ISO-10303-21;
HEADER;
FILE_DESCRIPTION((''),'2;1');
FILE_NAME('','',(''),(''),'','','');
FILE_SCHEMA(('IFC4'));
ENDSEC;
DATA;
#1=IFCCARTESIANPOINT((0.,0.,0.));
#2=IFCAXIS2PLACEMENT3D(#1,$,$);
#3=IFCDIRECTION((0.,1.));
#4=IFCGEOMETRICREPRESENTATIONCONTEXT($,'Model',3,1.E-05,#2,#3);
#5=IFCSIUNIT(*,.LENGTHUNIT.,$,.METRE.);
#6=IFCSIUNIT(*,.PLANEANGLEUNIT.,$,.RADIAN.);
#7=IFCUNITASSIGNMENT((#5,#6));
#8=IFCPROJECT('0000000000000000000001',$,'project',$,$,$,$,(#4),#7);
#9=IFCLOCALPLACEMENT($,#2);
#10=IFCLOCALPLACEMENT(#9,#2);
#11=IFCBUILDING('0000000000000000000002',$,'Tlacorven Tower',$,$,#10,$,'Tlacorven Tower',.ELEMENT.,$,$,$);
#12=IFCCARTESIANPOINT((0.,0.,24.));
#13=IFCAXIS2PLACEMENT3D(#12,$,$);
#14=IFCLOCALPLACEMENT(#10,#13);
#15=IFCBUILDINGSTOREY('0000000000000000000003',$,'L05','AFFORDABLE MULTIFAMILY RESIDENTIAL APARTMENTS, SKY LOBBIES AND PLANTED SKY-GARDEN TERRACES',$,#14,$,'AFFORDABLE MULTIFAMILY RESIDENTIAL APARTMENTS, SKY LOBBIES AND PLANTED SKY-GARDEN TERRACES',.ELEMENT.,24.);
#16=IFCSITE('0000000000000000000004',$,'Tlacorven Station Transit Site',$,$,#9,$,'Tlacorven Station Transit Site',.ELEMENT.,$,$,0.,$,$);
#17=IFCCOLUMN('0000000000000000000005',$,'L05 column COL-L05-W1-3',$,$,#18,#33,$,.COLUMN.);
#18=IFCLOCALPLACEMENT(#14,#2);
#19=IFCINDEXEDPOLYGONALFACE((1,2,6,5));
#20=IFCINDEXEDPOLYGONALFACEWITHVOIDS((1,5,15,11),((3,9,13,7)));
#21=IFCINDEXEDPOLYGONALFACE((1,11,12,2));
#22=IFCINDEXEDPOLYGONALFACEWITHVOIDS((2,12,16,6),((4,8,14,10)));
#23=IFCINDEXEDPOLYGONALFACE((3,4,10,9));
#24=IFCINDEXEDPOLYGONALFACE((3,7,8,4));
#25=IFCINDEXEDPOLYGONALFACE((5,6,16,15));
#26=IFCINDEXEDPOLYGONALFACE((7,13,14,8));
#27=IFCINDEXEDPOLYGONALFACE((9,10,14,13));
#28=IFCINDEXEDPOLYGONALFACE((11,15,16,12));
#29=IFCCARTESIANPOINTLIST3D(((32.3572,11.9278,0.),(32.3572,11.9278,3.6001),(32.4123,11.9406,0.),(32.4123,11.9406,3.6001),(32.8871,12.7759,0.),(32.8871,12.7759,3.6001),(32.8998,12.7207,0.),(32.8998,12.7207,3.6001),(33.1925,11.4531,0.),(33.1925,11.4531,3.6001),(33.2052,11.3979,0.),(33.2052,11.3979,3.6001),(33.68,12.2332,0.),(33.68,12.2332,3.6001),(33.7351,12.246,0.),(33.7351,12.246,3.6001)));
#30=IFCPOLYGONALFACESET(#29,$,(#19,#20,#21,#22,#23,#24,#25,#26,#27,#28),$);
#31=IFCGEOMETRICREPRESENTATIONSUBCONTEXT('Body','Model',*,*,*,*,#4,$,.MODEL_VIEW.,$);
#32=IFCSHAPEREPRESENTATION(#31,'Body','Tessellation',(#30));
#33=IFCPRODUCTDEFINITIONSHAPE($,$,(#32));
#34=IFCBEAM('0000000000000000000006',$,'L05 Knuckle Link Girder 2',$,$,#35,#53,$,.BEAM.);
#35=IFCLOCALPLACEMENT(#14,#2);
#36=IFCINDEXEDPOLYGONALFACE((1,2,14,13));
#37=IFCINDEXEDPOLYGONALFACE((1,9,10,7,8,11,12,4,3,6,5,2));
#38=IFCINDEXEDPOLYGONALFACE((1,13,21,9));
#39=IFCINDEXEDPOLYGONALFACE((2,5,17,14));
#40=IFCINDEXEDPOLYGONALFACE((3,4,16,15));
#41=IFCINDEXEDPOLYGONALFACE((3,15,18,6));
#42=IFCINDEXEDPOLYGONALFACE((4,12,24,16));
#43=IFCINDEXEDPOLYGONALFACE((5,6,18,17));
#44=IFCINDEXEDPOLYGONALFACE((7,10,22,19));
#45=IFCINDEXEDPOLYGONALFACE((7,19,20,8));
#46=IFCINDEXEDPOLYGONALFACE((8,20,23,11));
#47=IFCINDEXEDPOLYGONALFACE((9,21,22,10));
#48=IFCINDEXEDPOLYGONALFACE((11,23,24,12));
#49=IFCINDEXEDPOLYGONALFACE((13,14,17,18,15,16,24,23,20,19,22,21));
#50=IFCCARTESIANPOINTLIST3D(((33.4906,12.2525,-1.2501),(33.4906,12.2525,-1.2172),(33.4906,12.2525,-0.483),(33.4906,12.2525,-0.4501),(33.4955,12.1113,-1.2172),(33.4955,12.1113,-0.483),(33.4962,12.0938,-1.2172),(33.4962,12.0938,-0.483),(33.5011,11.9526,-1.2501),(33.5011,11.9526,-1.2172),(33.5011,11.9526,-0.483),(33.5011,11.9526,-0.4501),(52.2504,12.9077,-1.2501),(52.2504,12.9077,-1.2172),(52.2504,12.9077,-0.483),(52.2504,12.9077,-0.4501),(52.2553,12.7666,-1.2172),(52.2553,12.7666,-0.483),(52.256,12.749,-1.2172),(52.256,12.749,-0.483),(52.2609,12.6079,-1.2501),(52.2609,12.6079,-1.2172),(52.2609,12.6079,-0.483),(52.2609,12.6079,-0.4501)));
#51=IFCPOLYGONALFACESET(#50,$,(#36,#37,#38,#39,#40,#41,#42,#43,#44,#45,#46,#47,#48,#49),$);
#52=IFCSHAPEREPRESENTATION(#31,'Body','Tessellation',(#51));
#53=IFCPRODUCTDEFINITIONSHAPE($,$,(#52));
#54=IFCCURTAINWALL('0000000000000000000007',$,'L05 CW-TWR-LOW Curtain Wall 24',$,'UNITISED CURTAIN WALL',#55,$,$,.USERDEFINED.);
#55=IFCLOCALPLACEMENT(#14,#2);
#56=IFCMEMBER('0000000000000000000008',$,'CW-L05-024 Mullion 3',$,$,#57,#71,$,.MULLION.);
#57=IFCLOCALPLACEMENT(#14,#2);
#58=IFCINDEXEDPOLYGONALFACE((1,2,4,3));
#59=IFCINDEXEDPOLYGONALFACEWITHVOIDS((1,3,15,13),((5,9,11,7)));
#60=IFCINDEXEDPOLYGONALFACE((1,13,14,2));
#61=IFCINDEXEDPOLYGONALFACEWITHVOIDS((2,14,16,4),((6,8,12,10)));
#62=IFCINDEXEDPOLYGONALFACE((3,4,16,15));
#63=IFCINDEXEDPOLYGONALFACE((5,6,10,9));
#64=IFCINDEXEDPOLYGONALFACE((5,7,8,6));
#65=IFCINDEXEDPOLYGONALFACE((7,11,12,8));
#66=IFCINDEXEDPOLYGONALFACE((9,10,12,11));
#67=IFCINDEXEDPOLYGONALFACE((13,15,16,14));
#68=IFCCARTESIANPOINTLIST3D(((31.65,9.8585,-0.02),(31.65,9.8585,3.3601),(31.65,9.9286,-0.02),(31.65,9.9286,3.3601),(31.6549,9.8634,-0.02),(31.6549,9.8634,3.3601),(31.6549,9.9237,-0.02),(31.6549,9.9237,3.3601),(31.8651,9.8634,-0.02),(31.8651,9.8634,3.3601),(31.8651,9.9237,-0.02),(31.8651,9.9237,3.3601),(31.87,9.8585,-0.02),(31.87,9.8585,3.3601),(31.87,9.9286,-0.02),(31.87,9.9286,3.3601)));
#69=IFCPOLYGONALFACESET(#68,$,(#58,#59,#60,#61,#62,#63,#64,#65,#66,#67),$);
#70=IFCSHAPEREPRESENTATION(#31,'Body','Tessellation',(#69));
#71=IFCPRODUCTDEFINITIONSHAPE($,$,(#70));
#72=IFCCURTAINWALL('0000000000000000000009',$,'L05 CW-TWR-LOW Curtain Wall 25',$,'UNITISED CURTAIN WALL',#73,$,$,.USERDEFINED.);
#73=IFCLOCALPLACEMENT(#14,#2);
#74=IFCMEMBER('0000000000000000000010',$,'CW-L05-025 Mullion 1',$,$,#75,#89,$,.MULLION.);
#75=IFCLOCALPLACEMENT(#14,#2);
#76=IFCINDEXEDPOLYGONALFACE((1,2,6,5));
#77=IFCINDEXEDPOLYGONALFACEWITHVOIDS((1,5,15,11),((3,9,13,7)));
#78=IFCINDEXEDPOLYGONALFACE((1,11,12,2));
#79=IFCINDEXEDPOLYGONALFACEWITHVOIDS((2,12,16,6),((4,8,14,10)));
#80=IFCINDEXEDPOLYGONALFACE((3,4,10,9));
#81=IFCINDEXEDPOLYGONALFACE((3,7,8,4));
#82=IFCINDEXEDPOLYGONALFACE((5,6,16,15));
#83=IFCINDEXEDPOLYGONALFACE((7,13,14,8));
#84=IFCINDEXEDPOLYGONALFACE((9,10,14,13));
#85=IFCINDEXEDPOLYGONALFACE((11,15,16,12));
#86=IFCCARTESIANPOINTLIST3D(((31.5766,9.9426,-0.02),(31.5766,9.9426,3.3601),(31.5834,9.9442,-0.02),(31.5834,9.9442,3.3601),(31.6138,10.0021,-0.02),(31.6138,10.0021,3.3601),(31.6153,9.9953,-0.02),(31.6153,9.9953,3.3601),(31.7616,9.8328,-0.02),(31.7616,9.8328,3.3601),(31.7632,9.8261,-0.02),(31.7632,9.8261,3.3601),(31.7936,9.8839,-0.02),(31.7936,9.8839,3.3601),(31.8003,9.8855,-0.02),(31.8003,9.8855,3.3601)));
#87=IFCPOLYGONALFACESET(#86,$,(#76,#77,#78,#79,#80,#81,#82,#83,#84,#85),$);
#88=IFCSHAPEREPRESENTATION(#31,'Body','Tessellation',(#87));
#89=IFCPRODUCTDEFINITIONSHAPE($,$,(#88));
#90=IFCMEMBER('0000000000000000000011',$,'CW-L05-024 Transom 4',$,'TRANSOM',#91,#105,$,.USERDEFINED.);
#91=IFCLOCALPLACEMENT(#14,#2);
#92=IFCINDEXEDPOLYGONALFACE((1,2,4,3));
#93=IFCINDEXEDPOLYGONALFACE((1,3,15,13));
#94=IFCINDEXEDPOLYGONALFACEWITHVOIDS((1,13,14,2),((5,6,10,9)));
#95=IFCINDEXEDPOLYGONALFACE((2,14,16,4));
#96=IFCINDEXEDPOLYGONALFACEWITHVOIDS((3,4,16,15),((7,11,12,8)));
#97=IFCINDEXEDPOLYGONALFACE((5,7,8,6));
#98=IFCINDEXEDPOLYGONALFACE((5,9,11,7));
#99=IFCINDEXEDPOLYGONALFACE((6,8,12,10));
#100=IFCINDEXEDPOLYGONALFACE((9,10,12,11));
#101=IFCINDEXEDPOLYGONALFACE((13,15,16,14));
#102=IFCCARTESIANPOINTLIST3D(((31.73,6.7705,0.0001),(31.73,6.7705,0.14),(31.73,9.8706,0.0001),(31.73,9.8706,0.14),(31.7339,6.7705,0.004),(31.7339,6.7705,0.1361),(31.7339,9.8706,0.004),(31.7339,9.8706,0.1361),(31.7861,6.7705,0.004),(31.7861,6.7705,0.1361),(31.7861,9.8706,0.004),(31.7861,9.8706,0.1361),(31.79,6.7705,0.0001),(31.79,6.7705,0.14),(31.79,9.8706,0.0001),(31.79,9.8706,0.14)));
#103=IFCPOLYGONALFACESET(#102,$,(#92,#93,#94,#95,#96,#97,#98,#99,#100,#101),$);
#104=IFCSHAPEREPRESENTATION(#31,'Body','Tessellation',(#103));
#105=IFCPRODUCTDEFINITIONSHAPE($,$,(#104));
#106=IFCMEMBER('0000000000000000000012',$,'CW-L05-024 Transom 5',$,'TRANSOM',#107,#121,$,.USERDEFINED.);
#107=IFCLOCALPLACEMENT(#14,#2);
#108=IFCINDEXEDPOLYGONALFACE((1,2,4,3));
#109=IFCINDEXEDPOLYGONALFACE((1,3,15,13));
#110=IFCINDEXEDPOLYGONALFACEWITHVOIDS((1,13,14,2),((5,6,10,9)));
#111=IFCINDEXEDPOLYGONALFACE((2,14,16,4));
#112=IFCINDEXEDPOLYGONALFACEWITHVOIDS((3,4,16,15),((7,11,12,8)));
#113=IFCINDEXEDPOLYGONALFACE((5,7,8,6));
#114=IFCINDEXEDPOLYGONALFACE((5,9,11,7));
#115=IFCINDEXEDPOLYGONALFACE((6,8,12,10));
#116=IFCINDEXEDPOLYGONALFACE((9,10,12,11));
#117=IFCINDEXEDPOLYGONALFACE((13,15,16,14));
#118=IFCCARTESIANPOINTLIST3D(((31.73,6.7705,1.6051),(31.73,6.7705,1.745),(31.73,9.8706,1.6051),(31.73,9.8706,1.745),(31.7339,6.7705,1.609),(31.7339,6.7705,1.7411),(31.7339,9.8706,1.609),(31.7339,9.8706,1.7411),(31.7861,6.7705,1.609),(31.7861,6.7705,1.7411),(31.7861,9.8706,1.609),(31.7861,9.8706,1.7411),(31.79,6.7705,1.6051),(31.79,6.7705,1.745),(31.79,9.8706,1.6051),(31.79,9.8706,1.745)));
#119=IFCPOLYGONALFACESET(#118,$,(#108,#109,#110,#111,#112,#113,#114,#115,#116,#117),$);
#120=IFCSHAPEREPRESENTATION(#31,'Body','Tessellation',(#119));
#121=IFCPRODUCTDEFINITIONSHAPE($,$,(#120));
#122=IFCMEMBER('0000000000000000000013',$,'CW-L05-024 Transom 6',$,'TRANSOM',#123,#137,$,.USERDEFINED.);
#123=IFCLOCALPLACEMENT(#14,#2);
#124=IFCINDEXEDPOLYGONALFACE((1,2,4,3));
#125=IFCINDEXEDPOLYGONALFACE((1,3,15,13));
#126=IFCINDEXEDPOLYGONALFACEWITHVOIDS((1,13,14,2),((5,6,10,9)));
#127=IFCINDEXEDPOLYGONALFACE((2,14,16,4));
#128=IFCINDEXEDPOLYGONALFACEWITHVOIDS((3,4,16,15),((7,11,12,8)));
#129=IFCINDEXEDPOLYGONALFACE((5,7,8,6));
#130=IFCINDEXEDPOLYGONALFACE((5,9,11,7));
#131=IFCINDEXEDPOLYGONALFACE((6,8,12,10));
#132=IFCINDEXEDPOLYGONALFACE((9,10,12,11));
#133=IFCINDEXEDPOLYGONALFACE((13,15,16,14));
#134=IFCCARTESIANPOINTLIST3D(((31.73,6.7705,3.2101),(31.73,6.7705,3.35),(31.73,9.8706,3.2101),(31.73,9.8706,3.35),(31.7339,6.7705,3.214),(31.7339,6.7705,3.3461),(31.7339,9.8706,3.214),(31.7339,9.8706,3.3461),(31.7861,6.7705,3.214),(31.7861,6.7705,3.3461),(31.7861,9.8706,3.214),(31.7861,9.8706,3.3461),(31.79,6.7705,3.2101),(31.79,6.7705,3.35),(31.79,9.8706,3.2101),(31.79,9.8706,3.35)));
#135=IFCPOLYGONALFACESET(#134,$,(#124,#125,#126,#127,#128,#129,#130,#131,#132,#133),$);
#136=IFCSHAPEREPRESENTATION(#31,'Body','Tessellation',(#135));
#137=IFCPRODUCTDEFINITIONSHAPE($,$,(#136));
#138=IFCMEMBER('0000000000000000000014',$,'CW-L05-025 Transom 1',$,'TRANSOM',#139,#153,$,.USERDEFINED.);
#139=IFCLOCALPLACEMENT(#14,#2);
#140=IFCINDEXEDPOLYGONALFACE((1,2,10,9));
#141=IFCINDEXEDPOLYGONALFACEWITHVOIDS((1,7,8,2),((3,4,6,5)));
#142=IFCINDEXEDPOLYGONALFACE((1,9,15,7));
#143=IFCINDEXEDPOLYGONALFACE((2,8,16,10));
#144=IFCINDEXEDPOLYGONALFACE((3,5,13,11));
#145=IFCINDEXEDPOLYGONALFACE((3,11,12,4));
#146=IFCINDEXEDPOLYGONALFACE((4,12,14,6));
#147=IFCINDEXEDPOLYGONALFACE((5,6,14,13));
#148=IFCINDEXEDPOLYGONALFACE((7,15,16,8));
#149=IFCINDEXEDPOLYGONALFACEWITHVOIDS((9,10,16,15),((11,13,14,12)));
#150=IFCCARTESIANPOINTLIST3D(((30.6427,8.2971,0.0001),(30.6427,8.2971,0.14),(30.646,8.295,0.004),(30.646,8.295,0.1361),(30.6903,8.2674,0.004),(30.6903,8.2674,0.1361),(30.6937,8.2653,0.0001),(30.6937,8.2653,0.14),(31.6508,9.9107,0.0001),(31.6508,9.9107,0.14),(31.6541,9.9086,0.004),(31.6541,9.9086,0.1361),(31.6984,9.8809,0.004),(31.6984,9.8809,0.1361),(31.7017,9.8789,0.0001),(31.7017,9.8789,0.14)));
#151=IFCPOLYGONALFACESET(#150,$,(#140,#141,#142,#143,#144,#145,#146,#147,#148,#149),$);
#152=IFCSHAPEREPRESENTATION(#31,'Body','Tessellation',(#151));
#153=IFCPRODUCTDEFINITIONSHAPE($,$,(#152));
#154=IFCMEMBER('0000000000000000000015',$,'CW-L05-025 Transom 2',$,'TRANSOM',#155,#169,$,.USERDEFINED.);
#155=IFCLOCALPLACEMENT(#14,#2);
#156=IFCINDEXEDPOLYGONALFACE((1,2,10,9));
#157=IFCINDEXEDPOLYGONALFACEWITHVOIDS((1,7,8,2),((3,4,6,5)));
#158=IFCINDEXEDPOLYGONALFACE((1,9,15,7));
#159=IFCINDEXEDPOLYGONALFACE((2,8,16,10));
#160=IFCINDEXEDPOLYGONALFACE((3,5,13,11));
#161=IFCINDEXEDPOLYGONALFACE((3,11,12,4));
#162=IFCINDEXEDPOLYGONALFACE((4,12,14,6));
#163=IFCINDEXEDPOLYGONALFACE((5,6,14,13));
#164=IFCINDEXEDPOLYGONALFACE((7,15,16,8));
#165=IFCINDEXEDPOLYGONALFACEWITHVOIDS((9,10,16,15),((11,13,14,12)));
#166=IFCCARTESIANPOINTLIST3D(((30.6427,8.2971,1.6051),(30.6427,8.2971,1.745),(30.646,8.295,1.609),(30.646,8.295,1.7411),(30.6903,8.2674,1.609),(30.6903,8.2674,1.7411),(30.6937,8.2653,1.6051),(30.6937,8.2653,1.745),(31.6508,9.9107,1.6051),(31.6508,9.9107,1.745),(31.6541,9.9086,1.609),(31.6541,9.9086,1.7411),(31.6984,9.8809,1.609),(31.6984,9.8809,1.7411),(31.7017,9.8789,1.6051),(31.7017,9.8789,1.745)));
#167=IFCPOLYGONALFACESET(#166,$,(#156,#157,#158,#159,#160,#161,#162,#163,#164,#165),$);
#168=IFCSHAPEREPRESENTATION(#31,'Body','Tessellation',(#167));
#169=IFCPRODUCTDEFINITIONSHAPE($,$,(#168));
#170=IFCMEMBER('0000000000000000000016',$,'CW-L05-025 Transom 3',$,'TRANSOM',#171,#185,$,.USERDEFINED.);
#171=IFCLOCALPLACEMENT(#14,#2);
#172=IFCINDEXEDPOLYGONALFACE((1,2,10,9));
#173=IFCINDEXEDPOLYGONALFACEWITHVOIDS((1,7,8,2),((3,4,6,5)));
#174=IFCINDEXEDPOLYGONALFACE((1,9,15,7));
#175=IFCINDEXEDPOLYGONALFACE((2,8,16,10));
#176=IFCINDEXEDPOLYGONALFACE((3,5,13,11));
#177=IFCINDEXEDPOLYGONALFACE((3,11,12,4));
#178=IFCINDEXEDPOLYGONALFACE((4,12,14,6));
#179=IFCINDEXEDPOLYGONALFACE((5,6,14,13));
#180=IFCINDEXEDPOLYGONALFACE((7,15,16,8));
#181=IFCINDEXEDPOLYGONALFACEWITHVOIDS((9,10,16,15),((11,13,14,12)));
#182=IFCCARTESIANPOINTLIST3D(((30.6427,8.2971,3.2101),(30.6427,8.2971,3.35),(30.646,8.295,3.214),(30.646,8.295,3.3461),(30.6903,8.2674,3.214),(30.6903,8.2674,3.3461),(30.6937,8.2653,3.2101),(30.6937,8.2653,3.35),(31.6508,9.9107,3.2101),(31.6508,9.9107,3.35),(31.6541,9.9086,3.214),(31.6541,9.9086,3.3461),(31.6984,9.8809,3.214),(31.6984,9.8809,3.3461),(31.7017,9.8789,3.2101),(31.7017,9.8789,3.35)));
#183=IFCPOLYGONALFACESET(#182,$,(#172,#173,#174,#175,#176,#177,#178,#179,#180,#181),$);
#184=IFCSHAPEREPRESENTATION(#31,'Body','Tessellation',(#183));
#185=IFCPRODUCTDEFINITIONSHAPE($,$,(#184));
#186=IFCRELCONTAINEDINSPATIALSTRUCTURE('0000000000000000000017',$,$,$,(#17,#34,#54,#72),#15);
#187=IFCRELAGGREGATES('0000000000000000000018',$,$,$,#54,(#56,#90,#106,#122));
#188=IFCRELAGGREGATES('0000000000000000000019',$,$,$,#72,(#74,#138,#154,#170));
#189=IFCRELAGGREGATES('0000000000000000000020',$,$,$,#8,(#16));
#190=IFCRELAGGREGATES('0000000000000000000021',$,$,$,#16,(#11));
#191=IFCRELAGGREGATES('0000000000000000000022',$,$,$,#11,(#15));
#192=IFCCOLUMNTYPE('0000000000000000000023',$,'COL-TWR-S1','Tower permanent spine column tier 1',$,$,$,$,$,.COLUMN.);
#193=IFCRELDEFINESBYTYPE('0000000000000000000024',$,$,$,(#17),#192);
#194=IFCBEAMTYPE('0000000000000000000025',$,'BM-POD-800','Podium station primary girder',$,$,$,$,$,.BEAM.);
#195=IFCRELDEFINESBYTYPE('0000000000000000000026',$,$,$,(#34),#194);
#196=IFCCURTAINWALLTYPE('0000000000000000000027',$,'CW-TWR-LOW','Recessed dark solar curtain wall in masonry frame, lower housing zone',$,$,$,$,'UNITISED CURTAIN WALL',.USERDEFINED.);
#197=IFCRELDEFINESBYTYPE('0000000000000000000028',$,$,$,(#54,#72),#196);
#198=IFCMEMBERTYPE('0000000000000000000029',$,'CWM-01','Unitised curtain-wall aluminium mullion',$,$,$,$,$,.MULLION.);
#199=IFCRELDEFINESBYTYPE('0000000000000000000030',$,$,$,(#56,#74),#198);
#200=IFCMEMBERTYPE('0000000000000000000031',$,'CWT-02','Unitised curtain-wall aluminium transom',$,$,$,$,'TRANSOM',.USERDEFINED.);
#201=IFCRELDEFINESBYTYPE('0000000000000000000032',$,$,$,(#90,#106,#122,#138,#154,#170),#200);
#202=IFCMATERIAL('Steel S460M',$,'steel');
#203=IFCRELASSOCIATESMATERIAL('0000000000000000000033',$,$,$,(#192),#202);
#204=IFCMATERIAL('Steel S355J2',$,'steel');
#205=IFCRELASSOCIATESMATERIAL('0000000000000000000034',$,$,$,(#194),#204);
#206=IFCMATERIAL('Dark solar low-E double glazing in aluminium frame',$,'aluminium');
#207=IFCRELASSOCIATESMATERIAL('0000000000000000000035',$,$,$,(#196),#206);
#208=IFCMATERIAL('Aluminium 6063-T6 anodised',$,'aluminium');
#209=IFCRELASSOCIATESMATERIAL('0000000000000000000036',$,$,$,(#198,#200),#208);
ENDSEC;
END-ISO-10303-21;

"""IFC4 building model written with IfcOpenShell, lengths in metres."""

from ifc_helpers import new_model, si_unit, direction, frame, origin, origin_2d, place, context, subcontext, project, spatial, hollow_rectangle, i_section, extrude, source, transform, mapped, material, material_profile, profile_set, type_object, element, aggregate, save


model = new_model("IFC4")

# Units and contexts
model_context = context("Model", 3, precision=1e-05, world=origin(), true_north=direction((0.0, 1.0)))
body_context = subcontext(model_context, "Body", "Model", "MODEL_VIEW")
ifc_project = project(units=[si_unit("LENGTHUNIT", "METRE"), si_unit("PLANEANGLEUNIT", "RADIAN")], contexts=[model_context])

# Site, building, storey
site_placement = place(None, origin())
site = spatial("IfcSite", under=ifc_project, at=site_placement, Name="Tlacorven Station Transit Site", LongName="Tlacorven Station Transit Site", CompositionType="ELEMENT", RefElevation=0.0)
building_placement = place(site_placement, origin())
building = spatial("IfcBuilding", under=site, at=building_placement, Name="Tlacorven Tower", LongName="Tlacorven Tower", CompositionType="ELEMENT")
storey_placement = place(building_placement, frame((0.0, 0.0, 24.0)))
storey = spatial("IfcBuildingStorey", under=building, at=storey_placement, Name="L05", Description="AFFORDABLE MULTIFAMILY RESIDENTIAL APARTMENTS, SKY LOBBIES AND PLANTED SKY-GARDEN TERRACES", LongName="AFFORDABLE MULTIFAMILY RESIDENTIAL APARTMENTS, SKY LOBBIES AND PLANTED SKY-GARDEN TERRACES", CompositionType="ELEMENT", Elevation=24.0)

# Column
ifc_material_1 = material(Name="Steel S460M", Category="steel")
ifc_material_profile_1 = material_profile(ifc_material_1, hollow_rectangle(XDim=1.0, YDim=1.0, WallThickness=0.04, at=origin_2d()), Name="BOX 1000X1000X40")
ifc_profile_set_1 = profile_set([ifc_material_profile_1], Name="Steel S460M")
column_type = type_object("IfcColumnType", Name="COL-TWR-S1", Description="Tower permanent spine column tier 1", PredefinedType="COLUMN", material=ifc_profile_set_1)
shared_shape_1 = source(origin(), body_context, "Body", "SweptSolid", [
    extrude(hollow_rectangle(XDim=1.0, YDim=1.0, WallThickness=0.04, at=origin_2d()), origin(), (0.0, 0.0, 1.0), 3.6001),
])
column_placement = place(storey_placement, frame((33.0461, 12.0869, 0.0), z_axis=(0.0, 0.0, 1.0), x_axis=(-0.848048, 0.529919, 0.0)))
element("IfcColumn", 1, at=column_placement, inside=storey, type_object=column_type, Name="L05 column COL-L05-W1-3", PredefinedType="COLUMN", context=body_context, shape_type="MappedRepresentation", body=[
    mapped(shared_shape_1, transform((0.0, 0.0, 0.0), scale=1.0)),
])

# Beam
ifc_material_2 = material(Name="Steel S355J2", Category="steel")
ifc_material_profile_2 = material_profile(ifc_material_2, i_section(OverallWidth=0.3, OverallDepth=0.8, WebThickness=0.0176, FlangeThickness=0.033, at=origin_2d()), Name="HEB 800")
ifc_profile_set_2 = profile_set([ifc_material_profile_2], Name="Steel S355J2")
beam_type = type_object("IfcBeamType", Name="BM-POD-800", Description="Podium station primary girder", PredefinedType="BEAM", material=ifc_profile_set_2)
shared_shape_2 = source(origin(), body_context, "Body", "SweptSolid", [
    extrude(i_section(OverallWidth=0.3, OverallDepth=0.8, WebThickness=0.0176, FlangeThickness=0.033, at=origin_2d()), origin(), (0.0, 0.0, 1.0), 18.7712),
])
beam_placement = place(storey_placement, frame((33.4958, 12.1025, -0.8501), z_axis=(0.999391, 0.034908, 0.0), x_axis=(-0.034908, 0.999391, 0.0)))
element("IfcBeam", 2, at=beam_placement, inside=storey, type_object=beam_type, Name="L05 Knuckle Link Girder 2", PredefinedType="BEAM", context=body_context, shape_type="MappedRepresentation", body=[
    mapped(shared_shape_2, transform((0.0, 0.0, 0.0), scale=1.0)),
])

# Curtain walls, members
ifc_material_3 = material(Name="Dark solar low-E double glazing in aluminium frame", Category="aluminium")
curtain_wall_type = type_object("IfcCurtainWallType", Name="CW-TWR-LOW", Description="Recessed dark solar curtain wall in masonry frame, lower housing zone", ElementType="UNITISED CURTAIN WALL", PredefinedType="USERDEFINED", material=ifc_material_3)
curtain_wall_1_placement = place(storey_placement, origin())
curtain_wall_1 = element("IfcCurtainWall", 3, at=curtain_wall_1_placement, inside=storey, type_object=curtain_wall_type, Name="L05 CW-TWR-LOW Curtain Wall 24", ObjectType="UNITISED CURTAIN WALL", PredefinedType="USERDEFINED")
ifc_material_4 = material(Name="Aluminium 6063-T6 anodised", Category="aluminium")
ifc_material_profile_3 = material_profile(ifc_material_4, hollow_rectangle(XDim=0.0701, YDim=0.22, WallThickness=0.0049, at=origin_2d()), Name="ALU MULLION 70X220")
ifc_profile_set_3 = profile_set([ifc_material_profile_3], Name="Aluminium 6063-T6 anodised")
member_type_1 = type_object("IfcMemberType", Name="CWM-01", Description="Unitised curtain-wall aluminium mullion", PredefinedType="MULLION", material=ifc_profile_set_3)
shared_shape_3 = source(origin(), body_context, "Body", "SweptSolid", [
    extrude(hollow_rectangle(XDim=0.0701, YDim=0.22, WallThickness=0.0049, at=origin_2d()), origin(), (0.0, 0.0, 1.0), 3.3801),
])
member_1_placement = place(storey_placement, frame((31.76, 9.8936, -0.02), z_axis=(0.0, 0.0, 1.0), x_axis=(0.0, 1.0, 0.0)))
member_1 = element("IfcMember", 4, at=member_1_placement, type_object=member_type_1, Name="CW-L05-024 Mullion 3", PredefinedType="MULLION", context=body_context, shape_type="MappedRepresentation", body=[
    mapped(shared_shape_3, transform((0.0, 0.0, 0.0), scale=1.0)),
])
curtain_wall_2_placement = place(storey_placement, origin())
curtain_wall_2 = element("IfcCurtainWall", 5, at=curtain_wall_2_placement, inside=storey, type_object=curtain_wall_type, Name="L05 CW-TWR-LOW Curtain Wall 25", ObjectType="UNITISED CURTAIN WALL", PredefinedType="USERDEFINED")
member_2_placement = place(storey_placement, frame((31.6885, 9.9141, -0.02), z_axis=(0.0, 0.0, 1.0), x_axis=(-0.529919, -0.848048, 0.0)))
member_2 = element("IfcMember", 6, at=member_2_placement, type_object=member_type_1, Name="CW-L05-025 Mullion 1", PredefinedType="MULLION", context=body_context, shape_type="MappedRepresentation", body=[
    mapped(shared_shape_3, transform((0.0, 0.0, 0.0), scale=1.0)),
])

# Members
ifc_material_profile_4 = material_profile(ifc_material_4, hollow_rectangle(XDim=0.0601, YDim=0.1399, WallThickness=0.0039, at=origin_2d()), Name="ALU TRANSOM 60X140")
ifc_profile_set_4 = profile_set([ifc_material_profile_4], Name="Aluminium 6063-T6 anodised")
member_type_2 = type_object("IfcMemberType", Name="CWT-02", Description="Unitised curtain-wall aluminium transom", ElementType="TRANSOM", PredefinedType="USERDEFINED", material=ifc_profile_set_4)
shared_shape_4 = source(origin(), body_context, "Body", "SweptSolid", [
    extrude(hollow_rectangle(XDim=0.0601, YDim=0.1399, WallThickness=0.0039, at=origin_2d()), origin(), (0.0, 0.0, 1.0), 3.1001),
])
member_3_placement = place(storey_placement, frame((31.76, 6.7705, 0.0701), z_axis=(0.0, 1.0, 0.0), x_axis=(-1.0, 0.0, 0.0)))
member_3 = element("IfcMember", 7, at=member_3_placement, type_object=member_type_2, Name="CW-L05-024 Transom 4", ObjectType="TRANSOM", PredefinedType="USERDEFINED", context=body_context, shape_type="MappedRepresentation", body=[
    mapped(shared_shape_4, transform((0.0, 0.0, 0.0), scale=1.0)),
])
member_4_placement = place(storey_placement, frame((31.76, 6.7705, 1.675), z_axis=(0.0, 1.0, 0.0), x_axis=(-1.0, 0.0, 0.0)))
member_4 = element("IfcMember", 8, at=member_4_placement, type_object=member_type_2, Name="CW-L05-024 Transom 5", ObjectType="TRANSOM", PredefinedType="USERDEFINED", context=body_context, shape_type="MappedRepresentation", body=[
    mapped(shared_shape_4, transform((0.0, 0.0, 0.0), scale=1.0)),
])
member_5_placement = place(storey_placement, frame((31.76, 6.7705, 3.28), z_axis=(0.0, 1.0, 0.0), x_axis=(-1.0, 0.0, 0.0)))
member_5 = element("IfcMember", 9, at=member_5_placement, type_object=member_type_2, Name="CW-L05-024 Transom 6", ObjectType="TRANSOM", PredefinedType="USERDEFINED", context=body_context, shape_type="MappedRepresentation", body=[
    mapped(shared_shape_4, transform((0.0, 0.0, 0.0), scale=1.0)),
])
shared_shape_5 = source(origin(), body_context, "Body", "SweptSolid", [
    extrude(hollow_rectangle(XDim=0.0601, YDim=0.1399, WallThickness=0.0039, at=origin_2d()), origin(), (0.0, 0.0, 1.0), 1.9026),
])
member_6_placement = place(storey_placement, frame((31.6763, 9.8948, 0.0701), z_axis=(-0.529849, -0.848092, 0.0), x_axis=(0.848092, -0.529849, 0.0)))
member_6 = element("IfcMember", 10, at=member_6_placement, type_object=member_type_2, Name="CW-L05-025 Transom 1", ObjectType="TRANSOM", PredefinedType="USERDEFINED", context=body_context, shape_type="MappedRepresentation", body=[
    mapped(shared_shape_5, transform((0.0, 0.0, 0.0), scale=1.0)),
])
member_7_placement = place(storey_placement, frame((31.6763, 9.8948, 1.675), z_axis=(-0.529849, -0.848092, 0.0), x_axis=(0.848092, -0.529849, 0.0)))
member_7 = element("IfcMember", 11, at=member_7_placement, type_object=member_type_2, Name="CW-L05-025 Transom 2", ObjectType="TRANSOM", PredefinedType="USERDEFINED", context=body_context, shape_type="MappedRepresentation", body=[
    mapped(shared_shape_5, transform((0.0, 0.0, 0.0), scale=1.0)),
])
member_8_placement = place(storey_placement, frame((31.6763, 9.8948, 3.28), z_axis=(-0.529849, -0.848092, 0.0), x_axis=(0.848092, -0.529849, 0.0)))
member_8 = element("IfcMember", 12, at=member_8_placement, type_object=member_type_2, Name="CW-L05-025 Transom 3", ObjectType="TRANSOM", PredefinedType="USERDEFINED", context=body_context, shape_type="MappedRepresentation", body=[
    mapped(shared_shape_5, transform((0.0, 0.0, 0.0), scale=1.0)),
])

aggregate(curtain_wall_1, [member_1, member_3, member_4, member_5])
aggregate(curtain_wall_2, [member_2, member_6, member_7, member_8])

save(model, "model.ifc")
